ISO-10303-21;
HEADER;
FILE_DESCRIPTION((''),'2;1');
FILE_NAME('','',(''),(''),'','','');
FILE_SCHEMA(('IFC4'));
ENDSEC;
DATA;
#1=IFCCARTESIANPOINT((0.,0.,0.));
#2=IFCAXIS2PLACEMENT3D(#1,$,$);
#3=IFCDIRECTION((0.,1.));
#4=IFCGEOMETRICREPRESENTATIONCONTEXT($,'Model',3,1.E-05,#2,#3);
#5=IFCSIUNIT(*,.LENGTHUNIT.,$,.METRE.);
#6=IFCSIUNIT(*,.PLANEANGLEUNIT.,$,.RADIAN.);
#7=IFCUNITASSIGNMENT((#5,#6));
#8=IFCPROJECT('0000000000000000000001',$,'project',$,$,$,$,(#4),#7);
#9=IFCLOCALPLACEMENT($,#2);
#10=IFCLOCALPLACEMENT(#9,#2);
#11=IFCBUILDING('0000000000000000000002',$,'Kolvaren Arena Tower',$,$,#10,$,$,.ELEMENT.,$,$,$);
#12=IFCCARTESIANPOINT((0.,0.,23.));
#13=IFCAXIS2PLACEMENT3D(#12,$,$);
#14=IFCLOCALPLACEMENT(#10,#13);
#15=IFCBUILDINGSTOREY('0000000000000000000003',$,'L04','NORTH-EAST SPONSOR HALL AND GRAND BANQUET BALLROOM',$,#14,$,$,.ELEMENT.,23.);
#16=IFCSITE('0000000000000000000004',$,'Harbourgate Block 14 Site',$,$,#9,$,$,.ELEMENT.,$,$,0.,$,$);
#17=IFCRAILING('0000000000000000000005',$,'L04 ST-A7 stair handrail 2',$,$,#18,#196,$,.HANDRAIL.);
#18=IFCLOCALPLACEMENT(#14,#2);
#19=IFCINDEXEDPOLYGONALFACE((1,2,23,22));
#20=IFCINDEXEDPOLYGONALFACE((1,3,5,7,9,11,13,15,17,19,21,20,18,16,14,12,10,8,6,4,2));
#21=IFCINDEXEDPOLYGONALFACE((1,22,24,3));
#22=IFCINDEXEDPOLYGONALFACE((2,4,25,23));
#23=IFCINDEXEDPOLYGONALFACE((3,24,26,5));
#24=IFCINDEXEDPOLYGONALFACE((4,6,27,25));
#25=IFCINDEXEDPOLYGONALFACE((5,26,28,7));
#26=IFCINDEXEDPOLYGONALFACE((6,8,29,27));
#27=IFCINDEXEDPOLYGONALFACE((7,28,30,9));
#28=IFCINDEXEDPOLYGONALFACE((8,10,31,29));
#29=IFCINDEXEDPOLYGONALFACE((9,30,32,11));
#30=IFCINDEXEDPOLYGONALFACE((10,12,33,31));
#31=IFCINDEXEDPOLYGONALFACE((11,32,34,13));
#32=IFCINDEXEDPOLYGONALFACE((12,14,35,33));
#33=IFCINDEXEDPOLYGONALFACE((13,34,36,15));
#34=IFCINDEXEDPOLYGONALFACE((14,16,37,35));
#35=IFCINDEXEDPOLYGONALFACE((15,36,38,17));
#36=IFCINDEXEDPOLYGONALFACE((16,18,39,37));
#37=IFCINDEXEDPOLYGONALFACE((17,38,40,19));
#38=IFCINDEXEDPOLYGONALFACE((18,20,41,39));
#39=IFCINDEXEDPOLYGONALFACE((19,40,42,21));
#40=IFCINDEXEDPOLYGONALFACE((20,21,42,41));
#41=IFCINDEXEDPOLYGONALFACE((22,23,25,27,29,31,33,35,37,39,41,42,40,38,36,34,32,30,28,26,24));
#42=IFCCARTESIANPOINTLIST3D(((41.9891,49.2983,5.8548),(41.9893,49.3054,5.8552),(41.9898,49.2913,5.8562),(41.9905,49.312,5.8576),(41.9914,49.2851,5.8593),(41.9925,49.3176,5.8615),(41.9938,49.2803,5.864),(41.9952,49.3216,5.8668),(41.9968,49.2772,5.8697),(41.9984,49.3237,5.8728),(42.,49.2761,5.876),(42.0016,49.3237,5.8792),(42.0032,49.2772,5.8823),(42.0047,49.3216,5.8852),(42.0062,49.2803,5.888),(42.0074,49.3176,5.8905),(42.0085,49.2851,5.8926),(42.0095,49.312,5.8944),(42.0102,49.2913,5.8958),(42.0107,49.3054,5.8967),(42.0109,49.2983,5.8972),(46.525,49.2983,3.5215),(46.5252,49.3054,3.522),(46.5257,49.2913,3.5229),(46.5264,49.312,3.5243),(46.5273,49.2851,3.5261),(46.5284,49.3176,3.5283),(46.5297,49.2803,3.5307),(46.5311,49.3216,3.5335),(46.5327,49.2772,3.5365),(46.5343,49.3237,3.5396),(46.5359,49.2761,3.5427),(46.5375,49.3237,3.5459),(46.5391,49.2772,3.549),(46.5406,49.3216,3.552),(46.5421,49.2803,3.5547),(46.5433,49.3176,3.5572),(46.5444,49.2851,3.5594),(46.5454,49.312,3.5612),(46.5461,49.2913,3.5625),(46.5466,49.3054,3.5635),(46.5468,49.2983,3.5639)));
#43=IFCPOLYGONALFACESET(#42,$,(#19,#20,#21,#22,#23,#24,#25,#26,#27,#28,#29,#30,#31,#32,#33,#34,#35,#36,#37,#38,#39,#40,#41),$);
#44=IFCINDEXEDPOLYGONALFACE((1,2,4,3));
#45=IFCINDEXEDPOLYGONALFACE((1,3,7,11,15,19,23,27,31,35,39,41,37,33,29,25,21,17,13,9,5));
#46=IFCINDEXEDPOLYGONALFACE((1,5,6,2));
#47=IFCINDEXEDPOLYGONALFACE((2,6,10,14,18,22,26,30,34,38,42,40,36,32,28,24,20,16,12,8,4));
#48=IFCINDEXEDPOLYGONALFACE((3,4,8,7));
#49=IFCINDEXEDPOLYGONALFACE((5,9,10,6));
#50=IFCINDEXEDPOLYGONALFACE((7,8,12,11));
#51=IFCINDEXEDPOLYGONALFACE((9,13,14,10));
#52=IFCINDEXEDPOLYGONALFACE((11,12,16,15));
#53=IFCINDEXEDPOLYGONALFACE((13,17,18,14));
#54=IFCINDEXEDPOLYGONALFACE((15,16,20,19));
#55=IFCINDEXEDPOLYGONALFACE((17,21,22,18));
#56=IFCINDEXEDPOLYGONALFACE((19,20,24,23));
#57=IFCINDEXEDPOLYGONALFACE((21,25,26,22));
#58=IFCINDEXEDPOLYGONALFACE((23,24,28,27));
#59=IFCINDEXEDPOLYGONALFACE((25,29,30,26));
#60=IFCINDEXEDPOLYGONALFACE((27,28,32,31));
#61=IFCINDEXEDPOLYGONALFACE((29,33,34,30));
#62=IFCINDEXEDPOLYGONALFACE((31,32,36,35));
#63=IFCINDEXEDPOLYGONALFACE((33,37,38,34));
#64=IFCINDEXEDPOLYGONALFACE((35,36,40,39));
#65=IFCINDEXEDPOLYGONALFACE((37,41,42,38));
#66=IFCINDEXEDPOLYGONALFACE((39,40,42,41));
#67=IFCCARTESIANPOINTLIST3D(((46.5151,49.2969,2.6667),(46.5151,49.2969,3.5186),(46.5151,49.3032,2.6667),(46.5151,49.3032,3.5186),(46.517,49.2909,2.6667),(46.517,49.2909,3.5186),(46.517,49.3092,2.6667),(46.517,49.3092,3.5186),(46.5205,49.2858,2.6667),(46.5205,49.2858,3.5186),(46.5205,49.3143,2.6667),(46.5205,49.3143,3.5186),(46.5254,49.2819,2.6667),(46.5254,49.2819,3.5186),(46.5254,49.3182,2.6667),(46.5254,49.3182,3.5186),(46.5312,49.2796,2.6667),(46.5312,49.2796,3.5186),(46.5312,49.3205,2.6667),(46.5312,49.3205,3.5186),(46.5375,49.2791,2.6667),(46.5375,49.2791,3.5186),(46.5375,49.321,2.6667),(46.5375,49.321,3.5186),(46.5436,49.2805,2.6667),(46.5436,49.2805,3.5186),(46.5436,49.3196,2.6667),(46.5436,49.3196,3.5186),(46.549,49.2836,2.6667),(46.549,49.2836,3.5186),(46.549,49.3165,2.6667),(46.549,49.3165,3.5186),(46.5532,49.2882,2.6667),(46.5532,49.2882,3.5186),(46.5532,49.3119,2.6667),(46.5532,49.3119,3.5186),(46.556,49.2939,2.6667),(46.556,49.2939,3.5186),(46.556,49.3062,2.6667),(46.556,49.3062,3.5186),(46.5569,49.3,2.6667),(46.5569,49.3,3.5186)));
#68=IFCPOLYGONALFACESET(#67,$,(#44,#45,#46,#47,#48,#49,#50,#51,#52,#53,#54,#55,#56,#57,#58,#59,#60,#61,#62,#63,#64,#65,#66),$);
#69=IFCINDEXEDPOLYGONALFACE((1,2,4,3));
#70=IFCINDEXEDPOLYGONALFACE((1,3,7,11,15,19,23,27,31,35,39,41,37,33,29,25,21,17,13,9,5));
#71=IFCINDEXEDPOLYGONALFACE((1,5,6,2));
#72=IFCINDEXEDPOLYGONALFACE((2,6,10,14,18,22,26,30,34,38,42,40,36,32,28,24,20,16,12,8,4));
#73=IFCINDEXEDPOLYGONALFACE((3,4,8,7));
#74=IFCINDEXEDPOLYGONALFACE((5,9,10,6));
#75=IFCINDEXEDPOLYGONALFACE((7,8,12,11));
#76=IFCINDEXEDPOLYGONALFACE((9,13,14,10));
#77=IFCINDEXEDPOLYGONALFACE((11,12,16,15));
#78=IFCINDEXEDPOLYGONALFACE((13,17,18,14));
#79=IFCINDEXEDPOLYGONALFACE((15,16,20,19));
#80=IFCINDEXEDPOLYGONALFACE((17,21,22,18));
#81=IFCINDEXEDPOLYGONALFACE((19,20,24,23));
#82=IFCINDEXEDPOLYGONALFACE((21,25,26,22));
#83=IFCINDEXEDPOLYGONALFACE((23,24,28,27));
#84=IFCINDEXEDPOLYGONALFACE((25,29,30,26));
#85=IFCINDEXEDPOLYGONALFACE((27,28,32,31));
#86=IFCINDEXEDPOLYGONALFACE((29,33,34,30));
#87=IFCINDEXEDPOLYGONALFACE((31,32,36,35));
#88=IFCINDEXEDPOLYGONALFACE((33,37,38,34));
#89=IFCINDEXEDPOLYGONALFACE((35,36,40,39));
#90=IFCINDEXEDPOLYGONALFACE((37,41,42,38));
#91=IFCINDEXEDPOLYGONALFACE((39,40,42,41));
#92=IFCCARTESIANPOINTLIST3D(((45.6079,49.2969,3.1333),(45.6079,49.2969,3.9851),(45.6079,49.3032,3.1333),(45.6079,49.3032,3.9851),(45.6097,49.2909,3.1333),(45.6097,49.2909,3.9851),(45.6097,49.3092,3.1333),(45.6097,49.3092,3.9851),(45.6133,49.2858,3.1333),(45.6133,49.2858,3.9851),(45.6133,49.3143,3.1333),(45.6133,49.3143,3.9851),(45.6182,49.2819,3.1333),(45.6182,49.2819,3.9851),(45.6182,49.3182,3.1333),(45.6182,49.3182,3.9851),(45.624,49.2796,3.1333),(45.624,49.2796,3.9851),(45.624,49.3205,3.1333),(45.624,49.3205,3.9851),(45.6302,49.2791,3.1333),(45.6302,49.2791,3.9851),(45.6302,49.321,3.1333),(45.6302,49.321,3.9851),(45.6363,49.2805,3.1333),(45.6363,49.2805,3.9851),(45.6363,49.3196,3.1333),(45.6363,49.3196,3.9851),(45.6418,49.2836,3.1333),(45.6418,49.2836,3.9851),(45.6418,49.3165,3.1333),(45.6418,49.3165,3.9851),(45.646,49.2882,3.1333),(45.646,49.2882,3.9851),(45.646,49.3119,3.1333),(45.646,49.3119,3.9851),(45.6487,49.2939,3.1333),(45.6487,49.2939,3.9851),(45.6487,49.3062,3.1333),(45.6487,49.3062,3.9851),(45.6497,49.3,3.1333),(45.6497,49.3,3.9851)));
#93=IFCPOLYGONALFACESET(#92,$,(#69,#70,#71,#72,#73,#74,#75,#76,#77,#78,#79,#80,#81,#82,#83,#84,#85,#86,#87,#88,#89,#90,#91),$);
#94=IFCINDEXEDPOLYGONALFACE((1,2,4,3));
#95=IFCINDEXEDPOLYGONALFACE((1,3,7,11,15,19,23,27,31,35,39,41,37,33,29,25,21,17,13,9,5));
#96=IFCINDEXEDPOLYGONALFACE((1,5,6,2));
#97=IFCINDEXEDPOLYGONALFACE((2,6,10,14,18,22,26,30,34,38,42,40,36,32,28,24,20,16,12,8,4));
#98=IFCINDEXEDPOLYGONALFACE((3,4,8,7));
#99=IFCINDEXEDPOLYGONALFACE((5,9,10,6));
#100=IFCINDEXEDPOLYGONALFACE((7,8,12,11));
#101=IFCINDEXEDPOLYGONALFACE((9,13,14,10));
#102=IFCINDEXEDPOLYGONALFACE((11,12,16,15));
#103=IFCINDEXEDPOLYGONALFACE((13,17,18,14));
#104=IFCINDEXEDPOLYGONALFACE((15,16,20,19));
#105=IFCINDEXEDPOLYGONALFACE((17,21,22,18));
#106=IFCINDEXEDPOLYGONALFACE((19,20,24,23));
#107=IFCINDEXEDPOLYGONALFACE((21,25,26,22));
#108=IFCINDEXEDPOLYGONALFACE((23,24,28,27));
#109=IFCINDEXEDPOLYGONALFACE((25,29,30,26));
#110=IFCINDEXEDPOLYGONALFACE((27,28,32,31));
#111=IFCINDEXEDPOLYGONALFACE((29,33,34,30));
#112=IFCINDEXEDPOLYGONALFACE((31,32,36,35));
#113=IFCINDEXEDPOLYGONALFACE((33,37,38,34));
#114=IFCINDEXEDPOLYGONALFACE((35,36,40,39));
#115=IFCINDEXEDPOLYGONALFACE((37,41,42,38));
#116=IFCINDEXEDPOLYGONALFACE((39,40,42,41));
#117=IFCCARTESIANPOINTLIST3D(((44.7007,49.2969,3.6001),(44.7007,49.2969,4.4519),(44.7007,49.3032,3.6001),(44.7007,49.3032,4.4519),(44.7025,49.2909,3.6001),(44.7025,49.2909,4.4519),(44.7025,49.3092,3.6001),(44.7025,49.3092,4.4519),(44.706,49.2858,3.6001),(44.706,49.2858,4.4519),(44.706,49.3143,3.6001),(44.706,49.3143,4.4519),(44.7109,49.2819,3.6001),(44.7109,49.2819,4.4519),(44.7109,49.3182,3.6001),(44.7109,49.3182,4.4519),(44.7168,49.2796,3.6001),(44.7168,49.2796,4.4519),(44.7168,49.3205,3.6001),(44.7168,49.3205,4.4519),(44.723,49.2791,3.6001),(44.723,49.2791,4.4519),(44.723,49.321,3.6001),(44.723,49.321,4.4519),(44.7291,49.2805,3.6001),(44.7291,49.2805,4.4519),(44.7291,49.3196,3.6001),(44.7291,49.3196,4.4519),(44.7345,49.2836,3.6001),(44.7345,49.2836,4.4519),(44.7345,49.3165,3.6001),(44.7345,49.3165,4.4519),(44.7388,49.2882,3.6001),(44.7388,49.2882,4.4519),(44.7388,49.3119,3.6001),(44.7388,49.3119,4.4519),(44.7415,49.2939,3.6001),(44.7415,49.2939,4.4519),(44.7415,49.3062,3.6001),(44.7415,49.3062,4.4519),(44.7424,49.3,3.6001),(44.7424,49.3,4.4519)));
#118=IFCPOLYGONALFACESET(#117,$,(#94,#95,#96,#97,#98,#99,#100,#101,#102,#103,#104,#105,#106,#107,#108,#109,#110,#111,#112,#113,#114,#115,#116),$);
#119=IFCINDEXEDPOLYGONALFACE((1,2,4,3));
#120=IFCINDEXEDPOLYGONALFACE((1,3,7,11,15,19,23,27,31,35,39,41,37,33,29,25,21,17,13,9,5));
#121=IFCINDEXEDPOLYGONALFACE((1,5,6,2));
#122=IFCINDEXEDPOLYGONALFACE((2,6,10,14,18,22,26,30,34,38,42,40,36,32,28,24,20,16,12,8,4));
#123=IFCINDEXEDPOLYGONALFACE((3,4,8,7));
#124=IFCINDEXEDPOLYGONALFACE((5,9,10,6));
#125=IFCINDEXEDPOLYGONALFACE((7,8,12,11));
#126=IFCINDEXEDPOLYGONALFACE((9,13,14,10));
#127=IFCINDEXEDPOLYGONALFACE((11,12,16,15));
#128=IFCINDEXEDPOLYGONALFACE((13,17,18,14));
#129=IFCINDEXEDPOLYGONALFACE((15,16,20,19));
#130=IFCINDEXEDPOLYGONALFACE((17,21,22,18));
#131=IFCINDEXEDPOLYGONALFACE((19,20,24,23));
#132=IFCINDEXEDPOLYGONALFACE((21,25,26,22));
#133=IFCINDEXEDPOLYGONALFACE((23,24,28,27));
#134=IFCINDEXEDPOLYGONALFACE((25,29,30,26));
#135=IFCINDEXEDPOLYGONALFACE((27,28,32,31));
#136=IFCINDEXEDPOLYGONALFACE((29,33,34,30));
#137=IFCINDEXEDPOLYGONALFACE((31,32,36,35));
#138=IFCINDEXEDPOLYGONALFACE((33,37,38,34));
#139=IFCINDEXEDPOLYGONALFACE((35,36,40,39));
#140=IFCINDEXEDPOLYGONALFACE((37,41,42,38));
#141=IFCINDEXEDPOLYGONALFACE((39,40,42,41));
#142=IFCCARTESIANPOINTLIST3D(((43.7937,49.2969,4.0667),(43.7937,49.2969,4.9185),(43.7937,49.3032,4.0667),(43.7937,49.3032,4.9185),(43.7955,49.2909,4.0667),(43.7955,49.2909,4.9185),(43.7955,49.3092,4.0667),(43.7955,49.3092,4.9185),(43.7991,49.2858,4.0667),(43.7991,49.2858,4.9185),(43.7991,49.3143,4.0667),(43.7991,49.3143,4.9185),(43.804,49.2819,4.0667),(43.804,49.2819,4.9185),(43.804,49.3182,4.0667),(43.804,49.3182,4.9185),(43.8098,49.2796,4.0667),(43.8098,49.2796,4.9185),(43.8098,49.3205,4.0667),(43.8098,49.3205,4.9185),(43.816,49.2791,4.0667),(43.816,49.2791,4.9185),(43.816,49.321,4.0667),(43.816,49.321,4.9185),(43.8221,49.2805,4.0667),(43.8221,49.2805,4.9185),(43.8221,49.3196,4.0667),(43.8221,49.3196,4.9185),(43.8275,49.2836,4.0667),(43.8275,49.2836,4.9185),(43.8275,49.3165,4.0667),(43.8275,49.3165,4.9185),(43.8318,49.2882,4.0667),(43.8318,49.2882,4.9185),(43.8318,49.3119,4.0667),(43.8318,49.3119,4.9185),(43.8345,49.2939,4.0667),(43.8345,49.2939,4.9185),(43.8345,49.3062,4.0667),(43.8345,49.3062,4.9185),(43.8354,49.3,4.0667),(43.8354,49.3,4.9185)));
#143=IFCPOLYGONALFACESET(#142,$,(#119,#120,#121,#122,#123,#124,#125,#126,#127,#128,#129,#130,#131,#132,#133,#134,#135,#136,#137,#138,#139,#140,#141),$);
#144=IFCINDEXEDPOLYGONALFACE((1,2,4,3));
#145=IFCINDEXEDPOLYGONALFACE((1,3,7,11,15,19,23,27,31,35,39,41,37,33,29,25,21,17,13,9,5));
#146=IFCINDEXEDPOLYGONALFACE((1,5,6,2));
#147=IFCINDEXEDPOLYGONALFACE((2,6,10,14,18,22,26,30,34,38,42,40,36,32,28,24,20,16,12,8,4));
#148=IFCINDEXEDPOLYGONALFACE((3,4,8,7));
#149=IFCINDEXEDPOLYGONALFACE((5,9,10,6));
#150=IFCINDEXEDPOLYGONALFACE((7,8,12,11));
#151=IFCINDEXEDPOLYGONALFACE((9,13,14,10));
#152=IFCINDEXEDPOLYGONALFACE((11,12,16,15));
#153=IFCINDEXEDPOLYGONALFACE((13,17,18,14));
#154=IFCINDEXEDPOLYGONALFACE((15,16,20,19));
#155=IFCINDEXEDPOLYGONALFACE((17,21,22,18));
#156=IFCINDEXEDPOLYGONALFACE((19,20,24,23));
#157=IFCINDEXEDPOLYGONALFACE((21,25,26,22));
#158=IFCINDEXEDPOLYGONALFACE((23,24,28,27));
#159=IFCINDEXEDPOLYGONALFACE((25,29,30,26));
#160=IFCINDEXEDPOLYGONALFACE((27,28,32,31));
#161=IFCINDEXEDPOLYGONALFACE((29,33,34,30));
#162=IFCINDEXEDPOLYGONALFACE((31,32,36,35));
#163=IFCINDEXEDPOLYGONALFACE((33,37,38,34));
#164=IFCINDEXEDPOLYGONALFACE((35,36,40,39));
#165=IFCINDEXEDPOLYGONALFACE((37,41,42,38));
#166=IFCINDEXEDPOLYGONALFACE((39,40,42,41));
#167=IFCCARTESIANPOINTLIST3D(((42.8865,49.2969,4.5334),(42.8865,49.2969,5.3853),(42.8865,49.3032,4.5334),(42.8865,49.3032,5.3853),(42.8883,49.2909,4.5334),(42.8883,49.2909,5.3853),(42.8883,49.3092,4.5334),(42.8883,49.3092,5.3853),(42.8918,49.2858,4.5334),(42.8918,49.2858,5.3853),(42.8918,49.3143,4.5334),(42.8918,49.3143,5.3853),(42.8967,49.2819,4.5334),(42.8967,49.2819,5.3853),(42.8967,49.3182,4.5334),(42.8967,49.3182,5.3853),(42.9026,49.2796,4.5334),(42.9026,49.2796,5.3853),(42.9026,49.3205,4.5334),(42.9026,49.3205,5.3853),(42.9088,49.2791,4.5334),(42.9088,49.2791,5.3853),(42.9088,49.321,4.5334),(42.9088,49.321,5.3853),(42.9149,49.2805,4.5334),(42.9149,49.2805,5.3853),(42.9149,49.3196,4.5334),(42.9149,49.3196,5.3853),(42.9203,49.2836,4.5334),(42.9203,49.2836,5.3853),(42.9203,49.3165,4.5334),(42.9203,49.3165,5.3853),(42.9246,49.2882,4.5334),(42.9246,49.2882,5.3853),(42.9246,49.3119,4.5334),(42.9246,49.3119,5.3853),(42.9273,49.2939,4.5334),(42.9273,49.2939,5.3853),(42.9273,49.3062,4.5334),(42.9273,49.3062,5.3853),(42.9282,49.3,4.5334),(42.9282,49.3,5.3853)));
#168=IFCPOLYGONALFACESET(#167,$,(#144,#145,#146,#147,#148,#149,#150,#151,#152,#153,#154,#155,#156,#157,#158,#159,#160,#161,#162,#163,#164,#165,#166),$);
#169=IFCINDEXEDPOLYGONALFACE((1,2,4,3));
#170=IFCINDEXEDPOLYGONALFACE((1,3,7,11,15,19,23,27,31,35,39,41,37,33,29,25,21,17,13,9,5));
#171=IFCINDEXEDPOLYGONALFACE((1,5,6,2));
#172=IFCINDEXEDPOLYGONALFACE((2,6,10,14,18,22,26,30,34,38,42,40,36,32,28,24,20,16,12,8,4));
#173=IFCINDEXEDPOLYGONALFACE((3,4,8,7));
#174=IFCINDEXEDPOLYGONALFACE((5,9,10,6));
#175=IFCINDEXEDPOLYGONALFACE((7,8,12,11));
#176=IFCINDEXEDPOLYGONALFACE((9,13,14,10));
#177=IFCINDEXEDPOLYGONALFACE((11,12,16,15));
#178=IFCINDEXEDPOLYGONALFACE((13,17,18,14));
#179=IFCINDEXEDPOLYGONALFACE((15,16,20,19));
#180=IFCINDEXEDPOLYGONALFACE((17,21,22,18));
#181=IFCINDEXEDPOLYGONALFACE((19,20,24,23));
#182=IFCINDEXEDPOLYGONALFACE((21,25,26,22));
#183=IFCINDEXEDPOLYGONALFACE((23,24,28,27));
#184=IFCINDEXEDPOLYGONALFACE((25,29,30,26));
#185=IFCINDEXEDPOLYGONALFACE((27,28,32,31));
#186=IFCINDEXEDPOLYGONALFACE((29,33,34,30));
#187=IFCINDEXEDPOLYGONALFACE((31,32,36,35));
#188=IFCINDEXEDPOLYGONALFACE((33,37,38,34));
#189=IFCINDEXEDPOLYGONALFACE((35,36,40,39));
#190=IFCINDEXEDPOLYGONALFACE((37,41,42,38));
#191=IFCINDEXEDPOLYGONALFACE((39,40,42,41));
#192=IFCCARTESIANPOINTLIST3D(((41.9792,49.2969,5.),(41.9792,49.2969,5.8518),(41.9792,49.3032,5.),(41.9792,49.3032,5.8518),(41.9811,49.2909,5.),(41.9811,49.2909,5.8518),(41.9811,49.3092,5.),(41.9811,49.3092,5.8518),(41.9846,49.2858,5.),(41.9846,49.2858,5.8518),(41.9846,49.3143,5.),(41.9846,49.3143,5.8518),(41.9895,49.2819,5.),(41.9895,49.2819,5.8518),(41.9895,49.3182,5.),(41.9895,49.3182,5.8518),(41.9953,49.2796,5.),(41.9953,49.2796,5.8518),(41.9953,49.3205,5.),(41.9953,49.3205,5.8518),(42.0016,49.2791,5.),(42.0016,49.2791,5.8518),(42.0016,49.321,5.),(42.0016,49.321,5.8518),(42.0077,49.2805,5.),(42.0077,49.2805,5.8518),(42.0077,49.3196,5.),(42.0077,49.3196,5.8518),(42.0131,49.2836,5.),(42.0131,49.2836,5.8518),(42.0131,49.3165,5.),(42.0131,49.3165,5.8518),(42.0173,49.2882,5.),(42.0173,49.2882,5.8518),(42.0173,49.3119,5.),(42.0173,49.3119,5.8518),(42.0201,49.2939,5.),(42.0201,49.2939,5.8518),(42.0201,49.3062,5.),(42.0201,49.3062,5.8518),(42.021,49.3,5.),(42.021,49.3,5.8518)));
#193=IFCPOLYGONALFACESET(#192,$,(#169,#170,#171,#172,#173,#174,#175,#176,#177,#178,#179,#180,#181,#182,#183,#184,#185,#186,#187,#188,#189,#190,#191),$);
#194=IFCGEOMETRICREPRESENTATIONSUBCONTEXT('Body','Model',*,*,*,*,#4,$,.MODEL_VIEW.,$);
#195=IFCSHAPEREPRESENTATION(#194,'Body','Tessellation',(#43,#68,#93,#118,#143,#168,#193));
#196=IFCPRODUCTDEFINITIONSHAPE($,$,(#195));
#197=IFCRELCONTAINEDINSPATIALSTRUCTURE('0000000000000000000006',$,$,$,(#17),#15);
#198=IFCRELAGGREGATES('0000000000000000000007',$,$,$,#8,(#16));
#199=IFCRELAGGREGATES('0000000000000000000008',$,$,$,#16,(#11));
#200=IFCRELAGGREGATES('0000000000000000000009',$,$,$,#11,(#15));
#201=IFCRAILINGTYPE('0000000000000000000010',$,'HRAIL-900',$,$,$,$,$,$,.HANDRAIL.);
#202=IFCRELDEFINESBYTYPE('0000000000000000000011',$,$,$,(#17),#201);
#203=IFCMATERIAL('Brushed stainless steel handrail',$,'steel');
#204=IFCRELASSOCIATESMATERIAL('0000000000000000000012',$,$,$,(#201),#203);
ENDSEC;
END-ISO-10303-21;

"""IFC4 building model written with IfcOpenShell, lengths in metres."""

from ifc_helpers import new_model, si_unit, direction, frame, origin, origin_2d, place, context, subcontext, project, spatial, circle, extrude, material, type_object, element, save


model = new_model("IFC4")

# Units and contexts
model_context = context("Model", 3, precision=1e-05, world=origin(), true_north=direction((0.0, 1.0)))
body_context = subcontext(model_context, "Body", "Model", "MODEL_VIEW")
ifc_project = project(units=[si_unit("LENGTHUNIT", "METRE"), si_unit("PLANEANGLEUNIT", "RADIAN")], contexts=[model_context])

# Site, building, storey
site_placement = place(None, origin())
site = spatial("IfcSite", under=ifc_project, at=site_placement, Name="Harbourgate Block 14 Site", CompositionType="ELEMENT", RefElevation=0.0)
building_placement = place(site_placement, origin())
building = spatial("IfcBuilding", under=site, at=building_placement, Name="Kolvaren Arena Tower", CompositionType="ELEMENT")
storey_placement = place(building_placement, frame((0.0, 0.0, 23.0)))
storey = spatial("IfcBuildingStorey", under=building, at=storey_placement, Name="L04", Description="NORTH-EAST SPONSOR HALL AND GRAND BANQUET BALLROOM", CompositionType="ELEMENT", Elevation=23.0)

# Railing
ifc_material_1 = material(Name="Brushed stainless steel handrail", Category="steel")
railing_type_1 = type_object("IfcRailingType", Name="HRAIL-900", PredefinedType="HANDRAIL", material=ifc_material_1)
railing_1_placement = place(storey_placement, frame((46.5359, 49.3, 2.6667)))
element("IfcRailing", 1, at=railing_1_placement, inside=storey, type_object=railing_type_1, Name="L04 ST-A7 stair handrail 2", PredefinedType="HANDRAIL", context=body_context, shape_type="SweptSolid", body=[
    extrude(circle(Radius=0.0239, at=origin_2d()), frame((0.0, 0.0, 0.876), z_axis=(-0.889247, 0.0, 0.457427), x_axis=(0.0, -1.0, 0.0)), (0.0, 0.0, 1.0), 5.1008),
    extrude(circle(Radius=0.021, at=origin_2d()), origin(), (0.0, 0.0, 1.0), 0.8518),
    extrude(circle(Radius=0.021, at=origin_2d()), frame((-0.9072, 0.0, 0.4666)), (0.0, 0.0, 1.0), 0.8518),
    extrude(circle(Radius=0.021, at=origin_2d()), frame((-1.8145, 0.0, 0.9333)), (0.0, 0.0, 1.0), 0.8518),
    extrude(circle(Radius=0.021, at=origin_2d()), frame((-2.7214, 0.0, 1.3999)), (0.0, 0.0, 1.0), 0.8518),
    extrude(circle(Radius=0.021, at=origin_2d()), frame((-3.6287, 0.0, 1.8667)), (0.0, 0.0, 1.0), 0.8518),
    extrude(circle(Radius=0.021, at=origin_2d()), frame((-4.5359, 0.0, 2.3333)), (0.0, 0.0, 1.0), 0.8518),
])

save(model, "model.ifc")
